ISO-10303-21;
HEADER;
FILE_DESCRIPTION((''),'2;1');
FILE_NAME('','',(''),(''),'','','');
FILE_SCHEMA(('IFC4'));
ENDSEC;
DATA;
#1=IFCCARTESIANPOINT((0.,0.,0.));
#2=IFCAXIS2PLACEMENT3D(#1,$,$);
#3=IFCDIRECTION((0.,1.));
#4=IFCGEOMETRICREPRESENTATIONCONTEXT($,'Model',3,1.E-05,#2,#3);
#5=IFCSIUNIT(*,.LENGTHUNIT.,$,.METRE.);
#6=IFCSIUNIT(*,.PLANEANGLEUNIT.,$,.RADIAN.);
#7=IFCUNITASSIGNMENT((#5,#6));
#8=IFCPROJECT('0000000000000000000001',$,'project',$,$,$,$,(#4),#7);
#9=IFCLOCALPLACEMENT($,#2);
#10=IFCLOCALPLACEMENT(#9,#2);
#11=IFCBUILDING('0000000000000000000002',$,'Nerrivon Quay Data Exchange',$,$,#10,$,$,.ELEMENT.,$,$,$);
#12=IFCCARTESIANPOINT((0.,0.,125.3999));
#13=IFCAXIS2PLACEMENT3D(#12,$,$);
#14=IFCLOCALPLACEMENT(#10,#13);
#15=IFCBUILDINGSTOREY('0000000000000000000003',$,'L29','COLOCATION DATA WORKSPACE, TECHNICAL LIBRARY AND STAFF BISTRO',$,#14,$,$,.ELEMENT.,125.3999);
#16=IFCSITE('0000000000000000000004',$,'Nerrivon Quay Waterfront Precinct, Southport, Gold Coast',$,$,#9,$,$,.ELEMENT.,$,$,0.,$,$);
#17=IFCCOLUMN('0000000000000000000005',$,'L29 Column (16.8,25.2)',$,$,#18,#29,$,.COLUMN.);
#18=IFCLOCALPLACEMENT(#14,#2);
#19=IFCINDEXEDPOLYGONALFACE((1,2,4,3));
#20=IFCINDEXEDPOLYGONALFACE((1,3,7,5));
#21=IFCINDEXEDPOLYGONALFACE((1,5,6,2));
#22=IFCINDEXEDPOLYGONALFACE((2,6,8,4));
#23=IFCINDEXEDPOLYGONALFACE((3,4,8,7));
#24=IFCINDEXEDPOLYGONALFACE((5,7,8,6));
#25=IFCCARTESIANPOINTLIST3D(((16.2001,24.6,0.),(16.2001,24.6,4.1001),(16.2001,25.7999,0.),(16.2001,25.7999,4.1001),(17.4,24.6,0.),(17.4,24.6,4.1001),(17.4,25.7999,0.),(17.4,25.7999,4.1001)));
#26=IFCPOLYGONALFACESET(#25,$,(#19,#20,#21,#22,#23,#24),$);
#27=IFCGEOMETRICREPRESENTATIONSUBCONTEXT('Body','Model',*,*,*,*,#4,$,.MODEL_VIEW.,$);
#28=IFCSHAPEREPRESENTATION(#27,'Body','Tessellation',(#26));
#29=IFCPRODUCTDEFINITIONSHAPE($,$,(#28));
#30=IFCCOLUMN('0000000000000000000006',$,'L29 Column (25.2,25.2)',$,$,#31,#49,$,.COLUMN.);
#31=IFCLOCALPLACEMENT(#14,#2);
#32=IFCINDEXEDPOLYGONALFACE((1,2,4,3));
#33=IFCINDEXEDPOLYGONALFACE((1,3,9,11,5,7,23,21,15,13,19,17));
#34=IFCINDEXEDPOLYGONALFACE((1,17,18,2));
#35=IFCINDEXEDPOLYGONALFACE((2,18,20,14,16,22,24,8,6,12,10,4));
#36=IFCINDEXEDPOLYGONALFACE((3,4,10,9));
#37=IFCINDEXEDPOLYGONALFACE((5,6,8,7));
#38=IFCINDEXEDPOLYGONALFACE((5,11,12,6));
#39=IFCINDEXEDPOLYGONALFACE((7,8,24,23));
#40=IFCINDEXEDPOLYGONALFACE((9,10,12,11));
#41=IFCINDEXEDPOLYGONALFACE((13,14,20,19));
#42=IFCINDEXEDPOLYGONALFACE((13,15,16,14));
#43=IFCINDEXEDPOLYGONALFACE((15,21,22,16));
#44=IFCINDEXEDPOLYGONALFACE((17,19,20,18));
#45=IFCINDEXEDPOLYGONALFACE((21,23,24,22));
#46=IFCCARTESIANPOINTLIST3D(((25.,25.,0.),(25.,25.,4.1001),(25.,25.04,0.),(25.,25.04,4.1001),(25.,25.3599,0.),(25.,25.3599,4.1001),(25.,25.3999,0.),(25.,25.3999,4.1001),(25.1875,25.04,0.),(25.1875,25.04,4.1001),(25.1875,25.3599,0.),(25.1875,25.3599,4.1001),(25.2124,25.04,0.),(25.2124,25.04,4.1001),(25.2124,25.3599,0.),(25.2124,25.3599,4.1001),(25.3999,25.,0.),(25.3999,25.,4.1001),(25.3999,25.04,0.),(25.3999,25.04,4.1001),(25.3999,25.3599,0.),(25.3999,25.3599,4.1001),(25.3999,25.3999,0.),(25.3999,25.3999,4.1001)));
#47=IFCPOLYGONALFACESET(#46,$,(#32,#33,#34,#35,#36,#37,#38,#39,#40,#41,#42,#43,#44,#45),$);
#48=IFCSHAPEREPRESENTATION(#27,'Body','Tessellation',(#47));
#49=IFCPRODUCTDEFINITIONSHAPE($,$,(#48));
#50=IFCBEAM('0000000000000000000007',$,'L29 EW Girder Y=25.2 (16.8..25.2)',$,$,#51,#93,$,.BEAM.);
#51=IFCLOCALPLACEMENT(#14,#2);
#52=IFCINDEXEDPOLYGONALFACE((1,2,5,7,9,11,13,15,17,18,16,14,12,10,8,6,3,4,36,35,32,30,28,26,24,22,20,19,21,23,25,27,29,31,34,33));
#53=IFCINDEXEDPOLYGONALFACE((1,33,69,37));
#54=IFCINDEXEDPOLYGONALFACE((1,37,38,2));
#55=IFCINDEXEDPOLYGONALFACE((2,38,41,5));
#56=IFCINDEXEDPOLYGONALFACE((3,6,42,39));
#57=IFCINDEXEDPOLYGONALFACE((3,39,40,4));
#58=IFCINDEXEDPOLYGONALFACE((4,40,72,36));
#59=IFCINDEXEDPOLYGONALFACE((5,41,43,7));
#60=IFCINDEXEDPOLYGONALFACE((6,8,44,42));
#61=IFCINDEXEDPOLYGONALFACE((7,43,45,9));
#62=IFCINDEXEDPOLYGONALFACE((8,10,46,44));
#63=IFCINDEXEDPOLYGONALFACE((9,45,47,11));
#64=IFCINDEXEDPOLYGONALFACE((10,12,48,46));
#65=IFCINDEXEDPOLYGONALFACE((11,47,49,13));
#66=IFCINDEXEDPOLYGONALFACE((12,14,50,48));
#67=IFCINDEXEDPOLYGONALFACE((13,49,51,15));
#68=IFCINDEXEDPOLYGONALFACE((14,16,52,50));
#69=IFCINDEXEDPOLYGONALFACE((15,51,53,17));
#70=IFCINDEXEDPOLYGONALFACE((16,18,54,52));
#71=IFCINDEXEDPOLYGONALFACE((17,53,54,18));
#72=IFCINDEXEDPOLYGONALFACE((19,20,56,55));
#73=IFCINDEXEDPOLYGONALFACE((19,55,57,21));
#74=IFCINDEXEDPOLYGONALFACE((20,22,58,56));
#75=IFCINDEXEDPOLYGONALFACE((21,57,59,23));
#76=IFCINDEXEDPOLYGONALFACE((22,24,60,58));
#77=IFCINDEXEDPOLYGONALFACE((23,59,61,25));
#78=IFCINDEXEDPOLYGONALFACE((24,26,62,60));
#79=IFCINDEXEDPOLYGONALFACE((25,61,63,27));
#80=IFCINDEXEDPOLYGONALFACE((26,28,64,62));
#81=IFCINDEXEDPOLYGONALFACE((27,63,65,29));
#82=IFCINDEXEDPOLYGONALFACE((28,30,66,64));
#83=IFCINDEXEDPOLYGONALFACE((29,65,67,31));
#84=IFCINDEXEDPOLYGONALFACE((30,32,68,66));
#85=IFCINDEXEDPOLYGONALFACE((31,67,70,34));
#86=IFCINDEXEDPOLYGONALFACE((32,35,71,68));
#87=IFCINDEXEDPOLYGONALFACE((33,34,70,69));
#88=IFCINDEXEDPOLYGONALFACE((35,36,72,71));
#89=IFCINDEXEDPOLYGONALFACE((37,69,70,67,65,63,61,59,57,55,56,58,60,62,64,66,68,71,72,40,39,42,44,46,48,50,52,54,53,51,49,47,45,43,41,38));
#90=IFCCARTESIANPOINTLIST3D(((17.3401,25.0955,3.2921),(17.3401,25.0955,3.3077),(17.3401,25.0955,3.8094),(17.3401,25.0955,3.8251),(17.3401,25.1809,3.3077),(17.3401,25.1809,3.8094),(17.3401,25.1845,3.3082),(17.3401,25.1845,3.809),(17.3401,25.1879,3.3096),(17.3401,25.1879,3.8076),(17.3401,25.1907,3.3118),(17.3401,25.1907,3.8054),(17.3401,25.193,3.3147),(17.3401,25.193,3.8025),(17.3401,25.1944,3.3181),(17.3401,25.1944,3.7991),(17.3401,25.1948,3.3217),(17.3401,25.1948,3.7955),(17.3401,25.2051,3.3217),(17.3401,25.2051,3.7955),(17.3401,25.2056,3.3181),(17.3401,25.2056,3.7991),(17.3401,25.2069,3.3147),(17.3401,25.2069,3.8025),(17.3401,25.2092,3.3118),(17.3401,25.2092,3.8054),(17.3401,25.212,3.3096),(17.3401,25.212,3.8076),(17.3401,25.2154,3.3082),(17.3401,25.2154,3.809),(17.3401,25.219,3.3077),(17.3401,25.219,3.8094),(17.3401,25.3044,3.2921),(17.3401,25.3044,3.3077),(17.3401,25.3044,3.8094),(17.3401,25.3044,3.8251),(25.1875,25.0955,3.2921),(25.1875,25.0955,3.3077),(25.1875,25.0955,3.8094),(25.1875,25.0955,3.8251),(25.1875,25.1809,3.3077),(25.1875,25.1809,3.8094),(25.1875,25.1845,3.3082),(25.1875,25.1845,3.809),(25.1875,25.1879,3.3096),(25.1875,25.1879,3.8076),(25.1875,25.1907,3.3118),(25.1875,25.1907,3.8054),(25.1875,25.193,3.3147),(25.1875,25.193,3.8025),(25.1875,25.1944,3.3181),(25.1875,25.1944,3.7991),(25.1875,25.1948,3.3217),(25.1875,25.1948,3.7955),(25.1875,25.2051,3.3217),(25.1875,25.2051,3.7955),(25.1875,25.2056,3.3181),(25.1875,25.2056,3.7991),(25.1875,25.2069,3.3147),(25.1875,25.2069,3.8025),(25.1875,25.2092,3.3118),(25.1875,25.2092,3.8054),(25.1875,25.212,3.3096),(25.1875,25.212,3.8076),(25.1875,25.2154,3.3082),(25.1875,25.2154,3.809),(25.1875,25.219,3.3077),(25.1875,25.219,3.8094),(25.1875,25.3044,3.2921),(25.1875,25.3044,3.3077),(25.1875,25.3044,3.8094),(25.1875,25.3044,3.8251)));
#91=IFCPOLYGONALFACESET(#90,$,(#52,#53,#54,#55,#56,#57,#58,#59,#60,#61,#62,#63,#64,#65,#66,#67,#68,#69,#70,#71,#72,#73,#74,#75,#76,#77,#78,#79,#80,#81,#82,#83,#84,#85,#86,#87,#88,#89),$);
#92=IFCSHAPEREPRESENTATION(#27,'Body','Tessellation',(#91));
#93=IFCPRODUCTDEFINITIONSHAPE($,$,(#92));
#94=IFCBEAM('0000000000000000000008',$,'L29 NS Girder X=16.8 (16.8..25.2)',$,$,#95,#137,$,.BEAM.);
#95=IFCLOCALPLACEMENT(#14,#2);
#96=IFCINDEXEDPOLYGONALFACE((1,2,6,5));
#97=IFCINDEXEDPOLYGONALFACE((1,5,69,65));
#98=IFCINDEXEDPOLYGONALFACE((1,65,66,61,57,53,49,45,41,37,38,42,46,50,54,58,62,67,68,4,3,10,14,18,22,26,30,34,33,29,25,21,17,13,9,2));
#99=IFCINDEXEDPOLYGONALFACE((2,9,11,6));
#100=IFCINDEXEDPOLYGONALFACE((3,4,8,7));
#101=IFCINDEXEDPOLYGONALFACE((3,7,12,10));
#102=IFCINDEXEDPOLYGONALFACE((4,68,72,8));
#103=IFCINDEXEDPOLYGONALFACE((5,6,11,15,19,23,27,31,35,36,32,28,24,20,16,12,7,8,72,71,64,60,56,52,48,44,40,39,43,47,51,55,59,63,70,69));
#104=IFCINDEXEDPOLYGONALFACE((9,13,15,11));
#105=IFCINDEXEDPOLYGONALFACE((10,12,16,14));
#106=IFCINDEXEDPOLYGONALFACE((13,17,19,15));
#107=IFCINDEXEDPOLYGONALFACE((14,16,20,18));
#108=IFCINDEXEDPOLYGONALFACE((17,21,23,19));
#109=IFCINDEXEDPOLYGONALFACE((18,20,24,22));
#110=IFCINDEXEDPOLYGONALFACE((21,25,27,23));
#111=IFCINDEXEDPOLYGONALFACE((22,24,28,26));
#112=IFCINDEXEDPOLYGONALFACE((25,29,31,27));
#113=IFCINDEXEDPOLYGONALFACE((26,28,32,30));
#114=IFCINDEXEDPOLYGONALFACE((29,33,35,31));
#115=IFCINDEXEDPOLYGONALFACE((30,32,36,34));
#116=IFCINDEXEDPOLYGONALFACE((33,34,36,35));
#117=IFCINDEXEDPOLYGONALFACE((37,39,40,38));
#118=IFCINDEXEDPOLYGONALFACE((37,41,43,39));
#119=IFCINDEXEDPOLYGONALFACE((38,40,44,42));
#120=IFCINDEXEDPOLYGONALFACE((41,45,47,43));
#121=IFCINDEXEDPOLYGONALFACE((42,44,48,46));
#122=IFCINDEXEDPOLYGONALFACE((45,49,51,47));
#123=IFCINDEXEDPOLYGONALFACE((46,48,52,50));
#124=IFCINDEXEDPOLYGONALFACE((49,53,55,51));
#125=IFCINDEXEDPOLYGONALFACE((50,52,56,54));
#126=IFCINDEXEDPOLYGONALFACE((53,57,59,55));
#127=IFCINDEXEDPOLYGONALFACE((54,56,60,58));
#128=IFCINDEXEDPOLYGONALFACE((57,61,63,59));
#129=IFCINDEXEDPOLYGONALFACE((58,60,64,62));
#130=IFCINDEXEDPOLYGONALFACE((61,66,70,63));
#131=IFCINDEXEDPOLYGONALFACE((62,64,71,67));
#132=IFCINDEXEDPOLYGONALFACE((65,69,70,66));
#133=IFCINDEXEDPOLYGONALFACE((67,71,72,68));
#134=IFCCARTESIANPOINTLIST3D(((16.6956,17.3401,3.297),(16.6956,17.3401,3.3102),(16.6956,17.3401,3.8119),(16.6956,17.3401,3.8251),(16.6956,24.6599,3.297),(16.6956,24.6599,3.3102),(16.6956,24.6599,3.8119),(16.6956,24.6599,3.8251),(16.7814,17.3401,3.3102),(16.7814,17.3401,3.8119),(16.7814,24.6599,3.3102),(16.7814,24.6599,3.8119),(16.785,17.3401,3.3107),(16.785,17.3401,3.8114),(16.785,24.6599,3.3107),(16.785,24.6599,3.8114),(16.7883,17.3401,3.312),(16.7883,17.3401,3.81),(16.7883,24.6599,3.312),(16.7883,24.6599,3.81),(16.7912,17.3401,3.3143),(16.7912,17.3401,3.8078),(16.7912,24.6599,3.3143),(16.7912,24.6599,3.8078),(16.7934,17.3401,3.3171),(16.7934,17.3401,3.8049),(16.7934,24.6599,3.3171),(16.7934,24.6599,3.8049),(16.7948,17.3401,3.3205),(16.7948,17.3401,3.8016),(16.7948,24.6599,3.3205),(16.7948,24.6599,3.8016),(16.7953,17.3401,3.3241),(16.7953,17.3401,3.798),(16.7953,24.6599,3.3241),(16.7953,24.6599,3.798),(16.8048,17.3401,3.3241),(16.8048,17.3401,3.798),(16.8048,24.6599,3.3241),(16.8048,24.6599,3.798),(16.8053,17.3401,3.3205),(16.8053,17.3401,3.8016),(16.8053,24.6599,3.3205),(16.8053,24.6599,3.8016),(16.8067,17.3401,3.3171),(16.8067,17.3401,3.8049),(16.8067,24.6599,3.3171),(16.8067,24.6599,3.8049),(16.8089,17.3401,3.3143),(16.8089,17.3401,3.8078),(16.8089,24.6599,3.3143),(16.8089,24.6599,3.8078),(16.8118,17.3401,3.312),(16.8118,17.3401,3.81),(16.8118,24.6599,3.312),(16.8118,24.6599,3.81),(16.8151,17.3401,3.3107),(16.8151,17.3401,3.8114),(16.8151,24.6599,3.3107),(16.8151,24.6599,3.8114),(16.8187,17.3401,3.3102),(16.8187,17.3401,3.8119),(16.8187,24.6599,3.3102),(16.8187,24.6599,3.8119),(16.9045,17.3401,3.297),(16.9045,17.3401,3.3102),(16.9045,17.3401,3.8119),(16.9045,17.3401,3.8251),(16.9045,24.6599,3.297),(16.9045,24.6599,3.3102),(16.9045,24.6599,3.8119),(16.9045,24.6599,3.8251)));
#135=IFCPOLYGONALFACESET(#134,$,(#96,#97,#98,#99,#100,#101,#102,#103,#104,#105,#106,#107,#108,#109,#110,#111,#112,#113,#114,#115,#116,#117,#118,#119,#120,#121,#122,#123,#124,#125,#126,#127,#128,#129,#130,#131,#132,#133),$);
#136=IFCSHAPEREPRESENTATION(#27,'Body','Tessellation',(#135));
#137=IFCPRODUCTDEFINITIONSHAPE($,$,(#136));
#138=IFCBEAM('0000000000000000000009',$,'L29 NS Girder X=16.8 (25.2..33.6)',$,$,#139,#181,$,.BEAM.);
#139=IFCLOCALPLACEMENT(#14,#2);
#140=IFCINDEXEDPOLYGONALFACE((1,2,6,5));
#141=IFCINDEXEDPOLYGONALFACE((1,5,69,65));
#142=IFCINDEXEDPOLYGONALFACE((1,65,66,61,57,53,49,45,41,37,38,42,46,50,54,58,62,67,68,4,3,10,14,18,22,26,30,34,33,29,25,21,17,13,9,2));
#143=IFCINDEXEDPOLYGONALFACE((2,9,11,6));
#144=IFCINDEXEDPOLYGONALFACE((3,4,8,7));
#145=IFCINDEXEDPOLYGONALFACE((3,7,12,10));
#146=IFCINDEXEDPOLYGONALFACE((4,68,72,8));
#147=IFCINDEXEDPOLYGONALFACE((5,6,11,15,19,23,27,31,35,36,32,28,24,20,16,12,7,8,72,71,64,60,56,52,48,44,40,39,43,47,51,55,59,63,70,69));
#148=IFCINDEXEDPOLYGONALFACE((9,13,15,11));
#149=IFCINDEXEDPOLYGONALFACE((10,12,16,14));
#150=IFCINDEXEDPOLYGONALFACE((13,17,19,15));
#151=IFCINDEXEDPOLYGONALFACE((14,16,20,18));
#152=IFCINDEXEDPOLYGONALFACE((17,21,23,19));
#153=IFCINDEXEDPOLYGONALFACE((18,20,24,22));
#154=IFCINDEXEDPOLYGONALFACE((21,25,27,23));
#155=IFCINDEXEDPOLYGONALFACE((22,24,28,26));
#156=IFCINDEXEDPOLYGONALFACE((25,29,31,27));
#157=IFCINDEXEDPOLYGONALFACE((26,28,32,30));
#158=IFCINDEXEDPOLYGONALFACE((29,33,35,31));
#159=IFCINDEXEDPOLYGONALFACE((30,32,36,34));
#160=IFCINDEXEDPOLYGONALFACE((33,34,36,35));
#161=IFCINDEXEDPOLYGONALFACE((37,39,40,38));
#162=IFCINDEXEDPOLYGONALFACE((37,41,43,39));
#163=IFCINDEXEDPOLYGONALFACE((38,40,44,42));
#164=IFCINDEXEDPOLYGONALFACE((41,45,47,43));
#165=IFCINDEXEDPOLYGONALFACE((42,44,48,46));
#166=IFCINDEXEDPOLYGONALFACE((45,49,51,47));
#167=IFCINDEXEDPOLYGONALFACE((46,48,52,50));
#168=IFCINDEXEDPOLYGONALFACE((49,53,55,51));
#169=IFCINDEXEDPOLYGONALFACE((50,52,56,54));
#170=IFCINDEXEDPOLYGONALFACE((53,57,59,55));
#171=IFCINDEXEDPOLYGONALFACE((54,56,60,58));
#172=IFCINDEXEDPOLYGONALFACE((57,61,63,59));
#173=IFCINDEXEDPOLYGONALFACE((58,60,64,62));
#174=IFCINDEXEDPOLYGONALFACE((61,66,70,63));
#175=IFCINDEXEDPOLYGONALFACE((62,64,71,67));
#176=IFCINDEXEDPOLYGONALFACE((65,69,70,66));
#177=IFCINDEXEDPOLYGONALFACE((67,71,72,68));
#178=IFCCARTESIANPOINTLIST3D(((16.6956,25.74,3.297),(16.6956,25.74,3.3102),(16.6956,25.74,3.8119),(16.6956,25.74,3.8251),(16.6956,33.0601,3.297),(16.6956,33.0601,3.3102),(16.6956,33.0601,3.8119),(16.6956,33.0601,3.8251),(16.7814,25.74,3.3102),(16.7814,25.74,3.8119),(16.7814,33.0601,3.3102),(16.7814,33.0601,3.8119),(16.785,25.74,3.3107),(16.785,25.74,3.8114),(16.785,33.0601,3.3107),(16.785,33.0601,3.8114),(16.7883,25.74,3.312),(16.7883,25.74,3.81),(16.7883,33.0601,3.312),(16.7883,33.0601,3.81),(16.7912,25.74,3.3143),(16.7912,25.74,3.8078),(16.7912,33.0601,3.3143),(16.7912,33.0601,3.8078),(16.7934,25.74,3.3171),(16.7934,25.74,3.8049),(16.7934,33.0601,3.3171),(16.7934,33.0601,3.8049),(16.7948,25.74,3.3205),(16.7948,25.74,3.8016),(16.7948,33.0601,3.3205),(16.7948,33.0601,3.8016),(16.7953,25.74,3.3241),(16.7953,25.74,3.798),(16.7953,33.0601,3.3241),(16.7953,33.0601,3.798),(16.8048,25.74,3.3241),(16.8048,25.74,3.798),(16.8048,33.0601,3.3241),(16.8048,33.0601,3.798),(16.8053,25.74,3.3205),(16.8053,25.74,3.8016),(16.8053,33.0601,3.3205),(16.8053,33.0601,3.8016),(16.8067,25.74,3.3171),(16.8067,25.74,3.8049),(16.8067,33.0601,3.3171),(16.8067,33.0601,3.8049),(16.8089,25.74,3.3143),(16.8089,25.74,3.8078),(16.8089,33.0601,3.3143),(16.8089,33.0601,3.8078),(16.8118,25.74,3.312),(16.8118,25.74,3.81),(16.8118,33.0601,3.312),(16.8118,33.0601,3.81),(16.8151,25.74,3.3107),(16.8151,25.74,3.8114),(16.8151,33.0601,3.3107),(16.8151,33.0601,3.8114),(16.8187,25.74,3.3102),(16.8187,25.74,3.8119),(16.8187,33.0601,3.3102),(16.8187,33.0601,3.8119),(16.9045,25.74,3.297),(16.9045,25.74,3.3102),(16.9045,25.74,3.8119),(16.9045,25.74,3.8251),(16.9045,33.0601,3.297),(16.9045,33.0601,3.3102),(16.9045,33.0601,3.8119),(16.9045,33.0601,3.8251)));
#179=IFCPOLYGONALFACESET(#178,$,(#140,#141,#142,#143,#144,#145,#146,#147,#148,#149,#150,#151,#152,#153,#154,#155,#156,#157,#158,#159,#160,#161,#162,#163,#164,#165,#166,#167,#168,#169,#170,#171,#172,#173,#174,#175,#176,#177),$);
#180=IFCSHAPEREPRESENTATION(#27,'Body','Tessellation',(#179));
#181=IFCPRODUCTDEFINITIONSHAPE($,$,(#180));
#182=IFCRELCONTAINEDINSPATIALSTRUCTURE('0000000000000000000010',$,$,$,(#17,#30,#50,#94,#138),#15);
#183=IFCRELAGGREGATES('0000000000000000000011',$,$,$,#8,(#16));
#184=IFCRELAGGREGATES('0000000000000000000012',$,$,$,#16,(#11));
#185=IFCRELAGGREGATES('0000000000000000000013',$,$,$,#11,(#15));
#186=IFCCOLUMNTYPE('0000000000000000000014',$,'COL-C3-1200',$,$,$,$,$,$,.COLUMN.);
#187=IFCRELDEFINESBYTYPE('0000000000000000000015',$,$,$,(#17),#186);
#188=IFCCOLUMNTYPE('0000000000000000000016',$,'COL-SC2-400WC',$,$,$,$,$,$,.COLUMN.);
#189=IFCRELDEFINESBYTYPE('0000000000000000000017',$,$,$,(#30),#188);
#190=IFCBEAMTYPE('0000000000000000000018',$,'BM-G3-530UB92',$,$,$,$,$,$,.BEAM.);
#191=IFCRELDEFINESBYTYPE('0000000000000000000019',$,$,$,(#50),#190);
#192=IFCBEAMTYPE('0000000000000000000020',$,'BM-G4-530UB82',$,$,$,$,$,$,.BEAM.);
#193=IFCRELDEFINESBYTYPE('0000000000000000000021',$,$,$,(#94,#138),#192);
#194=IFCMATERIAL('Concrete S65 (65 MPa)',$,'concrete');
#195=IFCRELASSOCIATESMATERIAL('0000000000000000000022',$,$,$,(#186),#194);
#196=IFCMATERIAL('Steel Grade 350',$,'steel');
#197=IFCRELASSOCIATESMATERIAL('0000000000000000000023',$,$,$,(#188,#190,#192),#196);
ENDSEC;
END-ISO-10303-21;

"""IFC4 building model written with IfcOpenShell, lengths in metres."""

from ifc_helpers import new_model, si_unit, direction, frame, origin, origin_2d, place, context, subcontext, project, spatial, rectangle, i_section, extrude, material, material_profile, profile_set, type_object, element, save


model = new_model("IFC4")

# Units and contexts
model_context = context("Model", 3, precision=1e-05, world=origin(), true_north=direction((0.0, 1.0)))
body_context = subcontext(model_context, "Body", "Model", "MODEL_VIEW")
ifc_project = project(units=[si_unit("LENGTHUNIT", "METRE"), si_unit("PLANEANGLEUNIT", "RADIAN")], contexts=[model_context])

# Site, building, storey
site_placement = place(None, origin())
site = spatial("IfcSite", under=ifc_project, at=site_placement, Name="Nerrivon Quay Waterfront Precinct, Southport, Gold Coast", CompositionType="ELEMENT", RefElevation=0.0)
building_placement = place(site_placement, origin())
building = spatial("IfcBuilding", under=site, at=building_placement, Name="Nerrivon Quay Data Exchange", CompositionType="ELEMENT")
storey_placement = place(building_placement, frame((0.0, 0.0, 125.3999)))
storey = spatial("IfcBuildingStorey", under=building, at=storey_placement, Name="L29", Description="COLOCATION DATA WORKSPACE, TECHNICAL LIBRARY AND STAFF BISTRO", CompositionType="ELEMENT", Elevation=125.3999)

# Columns
ifc_material_1 = material(Name="Concrete S65 (65 MPa)", Category="concrete")
ifc_material_profile_1 = material_profile(ifc_material_1, rectangle(XDim=1.2, YDim=1.2, at=origin_2d()), Name="RC-COL-1200x1200")
ifc_profile_set_1 = profile_set([ifc_material_profile_1], Name="Concrete S65 (65 MPa)")
column_type_1 = type_object("IfcColumnType", Name="COL-C3-1200", PredefinedType="COLUMN", material=ifc_profile_set_1)
column_1_placement = place(storey_placement, frame((16.8, 25.2, 0.0), z_axis=(0.0, 0.0, 1.0), x_axis=(1.0, 0.0, 0.0)))
element("IfcColumn", 1, at=column_1_placement, inside=storey, type_object=column_type_1, Name="L29 Column (16.8,25.2)", PredefinedType="COLUMN", context=body_context, shape_type="SweptSolid", body=[
    extrude(rectangle(XDim=1.2, YDim=1.2, at=origin_2d()), origin(), (0.0, 0.0, 1.0), 4.1001),
])
ifc_material_2 = material(Name="Steel Grade 350", Category="steel")
ifc_material_profile_2 = material_profile(ifc_material_2, i_section(OverallWidth=0.3999, OverallDepth=0.3999, WebThickness=0.0249, FlangeThickness=0.04, at=origin_2d()), Name="400WC328")
ifc_profile_set_2 = profile_set([ifc_material_profile_2], Name="Steel Grade 350")
column_type_2 = type_object("IfcColumnType", Name="COL-SC2-400WC", PredefinedType="COLUMN", material=ifc_profile_set_2)
column_2_placement = place(storey_placement, frame((25.2, 25.2, 0.0), z_axis=(0.0, 0.0, 1.0), x_axis=(1.0, 0.0, 0.0)))
element("IfcColumn", 2, at=column_2_placement, inside=storey, type_object=column_type_2, Name="L29 Column (25.2,25.2)", PredefinedType="COLUMN", context=body_context, shape_type="SweptSolid", body=[
    extrude(i_section(OverallWidth=0.3999, OverallDepth=0.3999, WebThickness=0.0249, FlangeThickness=0.04, at=origin_2d()), origin(), (0.0, 0.0, 1.0), 4.1001),
])

# Beams
ifc_material_profile_3 = material_profile(ifc_material_2, i_section(OverallWidth=0.209, OverallDepth=0.533, WebThickness=0.0103, FlangeThickness=0.0156, FilletRadius=0.0139, at=origin_2d()), Name="530UB92.4")
ifc_profile_set_3 = profile_set([ifc_material_profile_3], Name="Steel Grade 350")
beam_type_1 = type_object("IfcBeamType", Name="BM-G3-530UB92", PredefinedType="BEAM", material=ifc_profile_set_3)
beam_1_placement = place(storey_placement, frame((17.3401, 25.2, 3.5586), z_axis=(1.0, 0.0, 0.0), x_axis=(0.0, 1.0, 0.0)))
element("IfcBeam", 3, at=beam_1_placement, inside=storey, type_object=beam_type_1, Name="L29 EW Girder Y=25.2 (16.8..25.2)", PredefinedType="BEAM", context=body_context, shape_type="SweptSolid", body=[
    extrude(i_section(OverallWidth=0.209, OverallDepth=0.533, WebThickness=0.0103, FlangeThickness=0.0156, FilletRadius=0.0139, at=origin_2d()), origin(), (0.0, 0.0, 1.0), 7.8474),
])
ifc_material_profile_4 = material_profile(ifc_material_2, i_section(OverallWidth=0.209, OverallDepth=0.5281, WebThickness=0.0095, FlangeThickness=0.0132, FilletRadius=0.0139, at=origin_2d()), Name="530UB82.0")
ifc_profile_set_4 = profile_set([ifc_material_profile_4], Name="Steel Grade 350")
beam_type_2 = type_object("IfcBeamType", Name="BM-G4-530UB82", PredefinedType="BEAM", material=ifc_profile_set_4)
beam_2_placement = place(storey_placement, frame((16.8, 17.3401, 3.561), z_axis=(0.0, 1.0, 0.0), x_axis=(-1.0, 0.0, 0.0)))
element("IfcBeam", 4, at=beam_2_placement, inside=storey, type_object=beam_type_2, Name="L29 NS Girder X=16.8 (16.8..25.2)", PredefinedType="BEAM", context=body_context, shape_type="SweptSolid", body=[
    extrude(i_section(OverallWidth=0.209, OverallDepth=0.5281, WebThickness=0.0095, FlangeThickness=0.0132, FilletRadius=0.0139, at=origin_2d()), origin(), (0.0, 0.0, 1.0), 7.3198),
])
beam_3_placement = place(storey_placement, frame((16.8, 25.74, 3.561), z_axis=(0.0, 1.0, 0.0), x_axis=(-1.0, 0.0, 0.0)))
element("IfcBeam", 5, at=beam_3_placement, inside=storey, type_object=beam_type_2, Name="L29 NS Girder X=16.8 (25.2..33.6)", PredefinedType="BEAM", context=body_context, shape_type="SweptSolid", body=[
    extrude(i_section(OverallWidth=0.209, OverallDepth=0.5281, WebThickness=0.0095, FlangeThickness=0.0132, FilletRadius=0.0139, at=origin_2d()), origin(), (0.0, 0.0, 1.0), 7.3201),
])

save(model, "model.ifc")
